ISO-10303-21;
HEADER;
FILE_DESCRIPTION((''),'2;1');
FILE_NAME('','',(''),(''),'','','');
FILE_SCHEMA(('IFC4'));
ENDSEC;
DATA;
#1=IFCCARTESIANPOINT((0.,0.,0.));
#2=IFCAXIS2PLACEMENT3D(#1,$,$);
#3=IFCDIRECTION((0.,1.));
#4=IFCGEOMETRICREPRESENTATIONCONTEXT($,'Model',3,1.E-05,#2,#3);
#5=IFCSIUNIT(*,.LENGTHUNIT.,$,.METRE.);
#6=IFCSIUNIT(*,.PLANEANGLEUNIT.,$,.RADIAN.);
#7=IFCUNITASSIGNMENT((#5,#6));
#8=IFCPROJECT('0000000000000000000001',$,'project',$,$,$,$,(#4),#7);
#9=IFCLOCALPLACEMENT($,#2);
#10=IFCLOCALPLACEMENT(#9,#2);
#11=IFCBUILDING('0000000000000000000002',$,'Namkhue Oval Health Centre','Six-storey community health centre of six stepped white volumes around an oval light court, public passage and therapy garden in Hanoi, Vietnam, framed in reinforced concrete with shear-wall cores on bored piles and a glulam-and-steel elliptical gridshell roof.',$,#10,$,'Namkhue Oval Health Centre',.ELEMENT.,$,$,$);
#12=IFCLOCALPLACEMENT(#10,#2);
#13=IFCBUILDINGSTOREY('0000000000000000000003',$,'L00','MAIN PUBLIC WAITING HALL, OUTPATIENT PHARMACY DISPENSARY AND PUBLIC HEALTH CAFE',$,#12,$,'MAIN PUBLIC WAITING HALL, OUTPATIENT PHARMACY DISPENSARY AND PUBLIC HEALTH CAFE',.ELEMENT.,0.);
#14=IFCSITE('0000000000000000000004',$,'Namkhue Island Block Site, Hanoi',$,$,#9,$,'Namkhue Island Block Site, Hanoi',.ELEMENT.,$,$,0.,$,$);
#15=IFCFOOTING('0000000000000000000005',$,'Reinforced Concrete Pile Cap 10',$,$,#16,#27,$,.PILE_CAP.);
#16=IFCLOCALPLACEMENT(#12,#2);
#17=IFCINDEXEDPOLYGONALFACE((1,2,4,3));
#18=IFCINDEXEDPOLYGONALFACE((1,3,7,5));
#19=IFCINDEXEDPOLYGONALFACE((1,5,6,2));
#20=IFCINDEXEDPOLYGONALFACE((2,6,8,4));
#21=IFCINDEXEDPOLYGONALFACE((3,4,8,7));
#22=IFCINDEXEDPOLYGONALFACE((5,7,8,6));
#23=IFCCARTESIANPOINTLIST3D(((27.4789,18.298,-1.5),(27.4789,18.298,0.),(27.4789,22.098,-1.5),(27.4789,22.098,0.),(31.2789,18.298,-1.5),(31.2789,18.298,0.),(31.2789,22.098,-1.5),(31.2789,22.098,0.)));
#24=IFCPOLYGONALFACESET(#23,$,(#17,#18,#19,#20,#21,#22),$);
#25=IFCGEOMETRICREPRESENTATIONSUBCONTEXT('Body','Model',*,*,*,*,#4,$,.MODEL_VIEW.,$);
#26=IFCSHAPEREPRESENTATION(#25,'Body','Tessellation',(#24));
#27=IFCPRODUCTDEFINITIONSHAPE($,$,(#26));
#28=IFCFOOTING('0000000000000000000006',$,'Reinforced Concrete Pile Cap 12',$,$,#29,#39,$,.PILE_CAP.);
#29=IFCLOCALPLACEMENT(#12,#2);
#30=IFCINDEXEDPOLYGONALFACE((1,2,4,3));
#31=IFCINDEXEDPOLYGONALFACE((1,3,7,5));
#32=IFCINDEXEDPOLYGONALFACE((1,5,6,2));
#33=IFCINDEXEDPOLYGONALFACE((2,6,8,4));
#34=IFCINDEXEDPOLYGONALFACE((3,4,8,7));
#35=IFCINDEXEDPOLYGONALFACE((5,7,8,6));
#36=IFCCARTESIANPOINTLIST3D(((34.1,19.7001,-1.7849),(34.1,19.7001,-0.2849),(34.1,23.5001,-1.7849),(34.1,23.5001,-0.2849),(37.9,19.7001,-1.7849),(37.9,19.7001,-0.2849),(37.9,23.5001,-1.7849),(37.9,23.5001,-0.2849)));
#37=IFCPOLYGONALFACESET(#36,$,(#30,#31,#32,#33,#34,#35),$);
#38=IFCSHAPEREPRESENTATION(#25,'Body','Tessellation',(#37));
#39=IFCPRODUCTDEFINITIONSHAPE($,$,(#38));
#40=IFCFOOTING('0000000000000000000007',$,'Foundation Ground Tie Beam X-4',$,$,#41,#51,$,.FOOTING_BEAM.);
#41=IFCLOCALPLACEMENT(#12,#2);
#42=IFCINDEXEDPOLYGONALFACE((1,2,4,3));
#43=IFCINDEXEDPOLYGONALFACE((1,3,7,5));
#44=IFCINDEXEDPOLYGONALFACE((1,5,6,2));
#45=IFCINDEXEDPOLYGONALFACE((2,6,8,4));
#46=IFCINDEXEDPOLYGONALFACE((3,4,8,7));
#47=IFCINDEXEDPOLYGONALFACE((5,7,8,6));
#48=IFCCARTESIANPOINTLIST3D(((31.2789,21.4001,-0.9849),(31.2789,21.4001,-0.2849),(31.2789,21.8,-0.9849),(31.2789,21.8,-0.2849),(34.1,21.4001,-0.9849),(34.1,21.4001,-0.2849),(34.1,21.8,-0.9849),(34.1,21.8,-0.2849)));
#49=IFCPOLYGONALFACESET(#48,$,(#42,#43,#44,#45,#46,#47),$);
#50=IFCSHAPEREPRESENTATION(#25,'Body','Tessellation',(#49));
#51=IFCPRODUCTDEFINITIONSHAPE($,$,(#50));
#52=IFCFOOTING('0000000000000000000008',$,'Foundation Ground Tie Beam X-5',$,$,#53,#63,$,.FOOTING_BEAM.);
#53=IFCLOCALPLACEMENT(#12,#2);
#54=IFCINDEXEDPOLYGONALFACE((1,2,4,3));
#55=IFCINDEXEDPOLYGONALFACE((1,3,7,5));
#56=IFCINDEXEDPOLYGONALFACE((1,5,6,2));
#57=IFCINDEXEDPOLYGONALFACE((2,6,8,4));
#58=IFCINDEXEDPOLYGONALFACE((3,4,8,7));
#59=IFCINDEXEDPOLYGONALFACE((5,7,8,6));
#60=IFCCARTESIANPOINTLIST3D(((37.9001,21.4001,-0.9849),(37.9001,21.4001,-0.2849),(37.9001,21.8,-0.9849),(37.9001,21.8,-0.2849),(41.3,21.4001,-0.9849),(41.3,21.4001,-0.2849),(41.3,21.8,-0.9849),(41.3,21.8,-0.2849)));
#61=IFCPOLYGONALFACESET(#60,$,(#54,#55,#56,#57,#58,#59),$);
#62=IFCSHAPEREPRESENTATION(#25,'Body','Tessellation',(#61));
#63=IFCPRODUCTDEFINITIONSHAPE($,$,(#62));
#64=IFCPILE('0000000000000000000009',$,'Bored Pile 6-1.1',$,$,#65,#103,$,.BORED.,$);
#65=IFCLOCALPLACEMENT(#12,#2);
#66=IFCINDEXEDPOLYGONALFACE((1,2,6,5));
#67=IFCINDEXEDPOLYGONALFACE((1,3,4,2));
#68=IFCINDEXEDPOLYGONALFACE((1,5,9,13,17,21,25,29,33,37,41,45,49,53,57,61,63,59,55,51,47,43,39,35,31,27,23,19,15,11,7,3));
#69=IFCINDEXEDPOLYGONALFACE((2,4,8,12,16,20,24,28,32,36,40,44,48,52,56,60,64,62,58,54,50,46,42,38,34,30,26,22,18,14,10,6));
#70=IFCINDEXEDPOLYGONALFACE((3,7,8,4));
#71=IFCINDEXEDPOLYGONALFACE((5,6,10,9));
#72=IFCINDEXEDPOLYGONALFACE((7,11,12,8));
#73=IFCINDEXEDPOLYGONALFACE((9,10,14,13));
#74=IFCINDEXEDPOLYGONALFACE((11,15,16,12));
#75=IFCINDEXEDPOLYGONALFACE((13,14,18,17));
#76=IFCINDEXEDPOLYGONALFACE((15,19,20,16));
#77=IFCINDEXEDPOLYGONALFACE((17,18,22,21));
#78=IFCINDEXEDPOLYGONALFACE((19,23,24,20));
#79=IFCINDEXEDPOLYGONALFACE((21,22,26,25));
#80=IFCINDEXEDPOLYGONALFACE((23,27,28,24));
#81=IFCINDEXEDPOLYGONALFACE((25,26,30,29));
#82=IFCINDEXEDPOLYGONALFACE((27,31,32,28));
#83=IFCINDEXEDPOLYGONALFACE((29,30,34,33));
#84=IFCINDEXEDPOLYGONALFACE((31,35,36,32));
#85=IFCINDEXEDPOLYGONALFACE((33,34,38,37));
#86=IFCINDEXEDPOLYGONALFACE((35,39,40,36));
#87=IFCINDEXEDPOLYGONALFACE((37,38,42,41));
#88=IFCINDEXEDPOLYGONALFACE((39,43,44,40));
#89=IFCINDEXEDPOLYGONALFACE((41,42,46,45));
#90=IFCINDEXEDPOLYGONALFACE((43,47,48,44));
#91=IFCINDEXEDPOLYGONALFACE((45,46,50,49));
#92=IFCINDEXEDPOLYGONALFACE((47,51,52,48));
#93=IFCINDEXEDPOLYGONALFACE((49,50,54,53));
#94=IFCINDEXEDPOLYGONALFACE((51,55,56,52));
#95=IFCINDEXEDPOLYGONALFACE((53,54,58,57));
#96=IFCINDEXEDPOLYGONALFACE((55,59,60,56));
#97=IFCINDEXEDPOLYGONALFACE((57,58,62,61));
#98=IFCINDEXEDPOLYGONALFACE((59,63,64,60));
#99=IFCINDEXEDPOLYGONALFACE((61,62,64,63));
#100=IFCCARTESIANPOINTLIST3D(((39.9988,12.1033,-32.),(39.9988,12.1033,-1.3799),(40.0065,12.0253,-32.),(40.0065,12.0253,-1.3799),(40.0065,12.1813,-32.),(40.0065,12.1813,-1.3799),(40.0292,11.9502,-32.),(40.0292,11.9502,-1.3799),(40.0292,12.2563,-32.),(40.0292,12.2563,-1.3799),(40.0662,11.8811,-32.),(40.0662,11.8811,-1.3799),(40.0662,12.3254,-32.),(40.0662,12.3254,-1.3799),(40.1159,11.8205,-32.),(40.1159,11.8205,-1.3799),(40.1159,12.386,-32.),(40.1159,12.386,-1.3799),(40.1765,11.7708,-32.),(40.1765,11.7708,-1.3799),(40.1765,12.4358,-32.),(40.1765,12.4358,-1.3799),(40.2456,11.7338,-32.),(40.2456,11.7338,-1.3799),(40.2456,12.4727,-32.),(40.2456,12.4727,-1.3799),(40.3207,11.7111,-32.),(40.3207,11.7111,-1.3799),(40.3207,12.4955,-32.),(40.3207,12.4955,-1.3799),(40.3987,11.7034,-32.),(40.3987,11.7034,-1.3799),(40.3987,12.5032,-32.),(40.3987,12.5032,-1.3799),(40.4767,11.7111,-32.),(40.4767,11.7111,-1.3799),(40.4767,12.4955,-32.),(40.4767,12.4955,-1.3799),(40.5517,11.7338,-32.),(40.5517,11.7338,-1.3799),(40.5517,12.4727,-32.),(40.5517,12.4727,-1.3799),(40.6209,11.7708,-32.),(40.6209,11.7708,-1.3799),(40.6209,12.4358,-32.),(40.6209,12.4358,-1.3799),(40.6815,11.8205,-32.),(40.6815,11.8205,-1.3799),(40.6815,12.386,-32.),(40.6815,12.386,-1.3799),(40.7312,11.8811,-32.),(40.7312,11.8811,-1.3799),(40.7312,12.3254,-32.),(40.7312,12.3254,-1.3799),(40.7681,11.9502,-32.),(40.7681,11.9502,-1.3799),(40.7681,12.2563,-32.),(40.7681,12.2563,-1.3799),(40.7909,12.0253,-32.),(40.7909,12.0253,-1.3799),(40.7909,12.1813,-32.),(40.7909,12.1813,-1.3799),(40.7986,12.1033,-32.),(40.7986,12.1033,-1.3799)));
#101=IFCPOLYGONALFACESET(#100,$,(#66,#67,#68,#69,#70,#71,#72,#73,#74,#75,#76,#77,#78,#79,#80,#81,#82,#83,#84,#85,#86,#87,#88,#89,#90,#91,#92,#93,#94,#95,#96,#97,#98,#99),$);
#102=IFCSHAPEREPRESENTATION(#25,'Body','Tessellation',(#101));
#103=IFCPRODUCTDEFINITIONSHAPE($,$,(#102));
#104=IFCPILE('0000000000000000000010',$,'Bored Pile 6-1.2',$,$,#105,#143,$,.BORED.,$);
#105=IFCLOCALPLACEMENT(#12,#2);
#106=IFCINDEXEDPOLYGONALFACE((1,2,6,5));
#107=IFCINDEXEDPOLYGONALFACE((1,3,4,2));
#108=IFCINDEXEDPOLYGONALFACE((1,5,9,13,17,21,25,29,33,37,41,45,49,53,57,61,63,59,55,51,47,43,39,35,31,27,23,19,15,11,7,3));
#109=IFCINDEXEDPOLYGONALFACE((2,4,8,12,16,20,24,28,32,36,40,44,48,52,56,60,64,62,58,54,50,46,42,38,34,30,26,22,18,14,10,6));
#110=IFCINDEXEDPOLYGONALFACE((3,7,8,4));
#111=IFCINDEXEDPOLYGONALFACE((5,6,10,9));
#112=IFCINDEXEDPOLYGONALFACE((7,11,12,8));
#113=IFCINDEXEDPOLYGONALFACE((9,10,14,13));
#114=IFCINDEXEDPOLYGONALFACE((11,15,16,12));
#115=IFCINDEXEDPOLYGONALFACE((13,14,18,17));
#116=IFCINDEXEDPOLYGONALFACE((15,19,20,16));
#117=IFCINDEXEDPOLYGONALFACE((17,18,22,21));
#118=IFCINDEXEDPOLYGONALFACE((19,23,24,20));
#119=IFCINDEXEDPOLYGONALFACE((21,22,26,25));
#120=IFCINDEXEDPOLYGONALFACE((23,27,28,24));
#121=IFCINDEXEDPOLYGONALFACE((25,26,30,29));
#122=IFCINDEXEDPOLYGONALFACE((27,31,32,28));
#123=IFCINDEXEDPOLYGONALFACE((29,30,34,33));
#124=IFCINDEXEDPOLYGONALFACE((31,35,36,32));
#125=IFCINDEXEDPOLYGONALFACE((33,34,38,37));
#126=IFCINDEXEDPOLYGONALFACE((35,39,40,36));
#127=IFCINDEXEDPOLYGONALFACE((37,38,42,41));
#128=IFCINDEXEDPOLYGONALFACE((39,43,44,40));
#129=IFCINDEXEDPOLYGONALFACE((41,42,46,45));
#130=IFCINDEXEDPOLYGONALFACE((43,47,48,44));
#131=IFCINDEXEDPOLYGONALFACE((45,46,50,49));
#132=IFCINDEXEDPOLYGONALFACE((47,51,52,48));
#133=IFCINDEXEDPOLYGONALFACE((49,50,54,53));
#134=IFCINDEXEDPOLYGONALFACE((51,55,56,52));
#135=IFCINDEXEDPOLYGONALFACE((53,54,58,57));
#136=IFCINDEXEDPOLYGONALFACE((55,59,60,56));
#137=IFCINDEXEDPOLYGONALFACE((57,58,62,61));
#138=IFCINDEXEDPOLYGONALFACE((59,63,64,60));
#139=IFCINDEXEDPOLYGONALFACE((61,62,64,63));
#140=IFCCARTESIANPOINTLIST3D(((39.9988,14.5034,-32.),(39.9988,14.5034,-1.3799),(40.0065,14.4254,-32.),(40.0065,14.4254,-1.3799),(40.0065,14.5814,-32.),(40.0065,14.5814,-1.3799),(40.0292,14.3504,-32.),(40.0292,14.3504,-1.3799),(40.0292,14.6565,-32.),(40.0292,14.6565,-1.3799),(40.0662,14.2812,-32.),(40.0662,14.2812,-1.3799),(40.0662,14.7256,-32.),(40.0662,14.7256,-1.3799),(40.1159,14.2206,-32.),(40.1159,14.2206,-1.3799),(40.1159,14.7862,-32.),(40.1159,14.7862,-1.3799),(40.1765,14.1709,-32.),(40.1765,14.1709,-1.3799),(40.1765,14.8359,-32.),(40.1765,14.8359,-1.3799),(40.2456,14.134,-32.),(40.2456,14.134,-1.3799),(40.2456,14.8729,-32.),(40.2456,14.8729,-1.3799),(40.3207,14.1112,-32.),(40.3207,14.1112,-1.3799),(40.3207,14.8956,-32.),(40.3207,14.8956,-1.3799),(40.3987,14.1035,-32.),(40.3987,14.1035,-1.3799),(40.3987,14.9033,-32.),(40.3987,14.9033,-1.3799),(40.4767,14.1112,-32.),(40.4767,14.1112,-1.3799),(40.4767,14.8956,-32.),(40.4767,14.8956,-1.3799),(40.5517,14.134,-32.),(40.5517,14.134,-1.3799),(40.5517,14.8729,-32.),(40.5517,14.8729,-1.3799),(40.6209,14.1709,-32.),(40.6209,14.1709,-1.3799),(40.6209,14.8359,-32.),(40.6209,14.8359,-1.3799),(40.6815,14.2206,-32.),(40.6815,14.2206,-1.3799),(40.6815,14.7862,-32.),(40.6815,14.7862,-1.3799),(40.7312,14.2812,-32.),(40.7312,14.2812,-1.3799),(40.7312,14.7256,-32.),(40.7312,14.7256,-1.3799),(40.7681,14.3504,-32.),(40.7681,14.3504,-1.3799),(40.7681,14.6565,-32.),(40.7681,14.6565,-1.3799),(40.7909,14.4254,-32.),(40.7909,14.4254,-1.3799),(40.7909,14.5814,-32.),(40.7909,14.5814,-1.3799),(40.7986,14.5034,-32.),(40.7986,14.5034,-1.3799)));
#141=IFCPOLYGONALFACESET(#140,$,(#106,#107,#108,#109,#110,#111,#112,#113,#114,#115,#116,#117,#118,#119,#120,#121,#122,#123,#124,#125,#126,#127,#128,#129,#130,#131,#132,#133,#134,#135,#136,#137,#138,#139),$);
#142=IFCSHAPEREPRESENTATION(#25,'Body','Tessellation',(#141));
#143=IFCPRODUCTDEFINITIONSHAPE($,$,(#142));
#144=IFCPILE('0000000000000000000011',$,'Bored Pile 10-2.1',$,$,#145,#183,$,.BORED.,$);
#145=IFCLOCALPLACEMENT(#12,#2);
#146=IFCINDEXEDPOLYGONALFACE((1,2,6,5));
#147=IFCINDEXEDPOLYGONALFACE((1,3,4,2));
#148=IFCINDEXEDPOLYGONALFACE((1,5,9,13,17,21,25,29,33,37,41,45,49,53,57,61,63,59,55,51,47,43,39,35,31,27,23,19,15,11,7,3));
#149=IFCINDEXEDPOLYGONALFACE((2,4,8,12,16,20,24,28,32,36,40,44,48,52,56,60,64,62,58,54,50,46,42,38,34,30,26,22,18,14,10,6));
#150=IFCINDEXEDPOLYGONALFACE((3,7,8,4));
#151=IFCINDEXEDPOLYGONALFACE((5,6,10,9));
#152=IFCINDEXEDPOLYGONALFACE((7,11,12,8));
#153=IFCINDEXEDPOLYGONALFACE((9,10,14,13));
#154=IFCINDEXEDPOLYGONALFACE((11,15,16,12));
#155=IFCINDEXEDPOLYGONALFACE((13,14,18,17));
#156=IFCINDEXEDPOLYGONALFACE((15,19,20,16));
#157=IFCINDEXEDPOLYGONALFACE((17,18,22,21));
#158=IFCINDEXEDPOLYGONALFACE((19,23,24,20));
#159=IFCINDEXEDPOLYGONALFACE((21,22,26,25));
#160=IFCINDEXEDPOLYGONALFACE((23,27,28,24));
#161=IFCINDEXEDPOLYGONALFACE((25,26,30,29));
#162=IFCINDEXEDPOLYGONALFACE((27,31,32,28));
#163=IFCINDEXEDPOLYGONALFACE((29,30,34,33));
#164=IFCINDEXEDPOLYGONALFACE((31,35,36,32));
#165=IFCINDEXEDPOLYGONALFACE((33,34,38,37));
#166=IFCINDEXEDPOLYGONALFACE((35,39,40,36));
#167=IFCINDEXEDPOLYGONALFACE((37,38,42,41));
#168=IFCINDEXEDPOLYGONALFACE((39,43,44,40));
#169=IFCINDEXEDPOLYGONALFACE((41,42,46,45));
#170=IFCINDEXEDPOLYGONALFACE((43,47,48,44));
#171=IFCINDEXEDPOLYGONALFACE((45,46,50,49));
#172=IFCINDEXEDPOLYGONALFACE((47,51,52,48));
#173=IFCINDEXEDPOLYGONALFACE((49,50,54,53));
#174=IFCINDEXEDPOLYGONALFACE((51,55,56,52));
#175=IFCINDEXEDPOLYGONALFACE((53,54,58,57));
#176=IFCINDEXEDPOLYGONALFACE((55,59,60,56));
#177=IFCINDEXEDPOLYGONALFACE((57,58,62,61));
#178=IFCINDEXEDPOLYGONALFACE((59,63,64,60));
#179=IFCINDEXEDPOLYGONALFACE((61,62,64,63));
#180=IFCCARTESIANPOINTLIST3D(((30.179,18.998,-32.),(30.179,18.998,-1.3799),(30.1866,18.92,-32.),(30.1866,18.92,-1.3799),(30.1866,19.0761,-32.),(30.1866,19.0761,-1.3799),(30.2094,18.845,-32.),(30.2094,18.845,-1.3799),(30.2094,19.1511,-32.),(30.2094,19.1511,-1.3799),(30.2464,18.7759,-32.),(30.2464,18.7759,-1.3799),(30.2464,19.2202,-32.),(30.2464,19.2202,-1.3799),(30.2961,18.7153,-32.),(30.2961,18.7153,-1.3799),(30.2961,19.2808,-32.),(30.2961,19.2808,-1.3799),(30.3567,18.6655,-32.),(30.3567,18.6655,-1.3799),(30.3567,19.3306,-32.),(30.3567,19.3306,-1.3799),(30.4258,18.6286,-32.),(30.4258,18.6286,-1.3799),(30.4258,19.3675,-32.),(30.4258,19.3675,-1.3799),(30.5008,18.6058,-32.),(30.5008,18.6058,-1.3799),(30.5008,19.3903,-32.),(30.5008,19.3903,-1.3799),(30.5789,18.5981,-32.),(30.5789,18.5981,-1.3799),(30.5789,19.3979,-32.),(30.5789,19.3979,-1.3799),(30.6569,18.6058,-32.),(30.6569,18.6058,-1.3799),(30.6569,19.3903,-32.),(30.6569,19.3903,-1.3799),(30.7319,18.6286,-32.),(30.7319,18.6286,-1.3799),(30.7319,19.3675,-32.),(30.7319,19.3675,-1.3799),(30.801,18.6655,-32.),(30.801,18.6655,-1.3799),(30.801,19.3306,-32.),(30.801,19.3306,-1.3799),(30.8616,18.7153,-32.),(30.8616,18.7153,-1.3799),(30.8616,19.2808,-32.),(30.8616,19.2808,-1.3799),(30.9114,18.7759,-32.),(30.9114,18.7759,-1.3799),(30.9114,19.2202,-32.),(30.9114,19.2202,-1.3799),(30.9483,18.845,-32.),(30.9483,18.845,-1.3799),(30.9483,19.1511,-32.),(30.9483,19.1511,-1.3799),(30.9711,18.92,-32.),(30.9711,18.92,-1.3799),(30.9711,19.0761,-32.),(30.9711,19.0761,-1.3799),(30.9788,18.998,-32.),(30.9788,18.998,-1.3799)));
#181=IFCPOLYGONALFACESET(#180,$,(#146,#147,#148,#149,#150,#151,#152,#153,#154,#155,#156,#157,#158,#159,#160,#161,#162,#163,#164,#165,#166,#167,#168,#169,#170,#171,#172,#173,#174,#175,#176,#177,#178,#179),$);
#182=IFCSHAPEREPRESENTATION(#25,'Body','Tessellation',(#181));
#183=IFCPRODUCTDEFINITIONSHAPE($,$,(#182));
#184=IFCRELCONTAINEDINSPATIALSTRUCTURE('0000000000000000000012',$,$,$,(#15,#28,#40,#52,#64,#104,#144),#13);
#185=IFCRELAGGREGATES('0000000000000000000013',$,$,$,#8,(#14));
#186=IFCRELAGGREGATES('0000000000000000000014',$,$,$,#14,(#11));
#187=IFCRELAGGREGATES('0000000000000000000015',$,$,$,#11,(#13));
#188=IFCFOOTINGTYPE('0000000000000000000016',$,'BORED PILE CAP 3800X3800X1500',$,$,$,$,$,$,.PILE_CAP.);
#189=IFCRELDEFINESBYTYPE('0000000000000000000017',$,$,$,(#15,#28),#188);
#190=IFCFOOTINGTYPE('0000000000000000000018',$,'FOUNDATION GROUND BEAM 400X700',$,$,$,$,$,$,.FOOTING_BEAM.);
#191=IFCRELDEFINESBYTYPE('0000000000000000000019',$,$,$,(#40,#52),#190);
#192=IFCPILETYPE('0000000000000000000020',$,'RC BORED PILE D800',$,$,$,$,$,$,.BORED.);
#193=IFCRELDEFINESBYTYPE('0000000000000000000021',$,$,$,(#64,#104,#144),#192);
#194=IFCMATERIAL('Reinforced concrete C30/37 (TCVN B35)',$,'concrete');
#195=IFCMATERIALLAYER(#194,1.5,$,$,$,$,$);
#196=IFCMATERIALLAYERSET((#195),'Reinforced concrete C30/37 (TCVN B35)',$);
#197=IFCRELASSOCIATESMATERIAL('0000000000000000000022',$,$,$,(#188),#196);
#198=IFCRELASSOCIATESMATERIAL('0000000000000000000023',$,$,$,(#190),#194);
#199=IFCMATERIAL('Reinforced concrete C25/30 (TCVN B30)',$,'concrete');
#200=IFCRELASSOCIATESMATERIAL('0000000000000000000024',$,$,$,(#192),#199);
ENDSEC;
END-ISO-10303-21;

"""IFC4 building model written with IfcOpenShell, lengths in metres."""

from ifc_helpers import new_model, si_unit, direction, frame, origin, origin_2d, place, context, subcontext, project, spatial, rectangle, circle, extrude, material, layer, layer_set, material_profile, profile_set, type_object, element, save


model = new_model("IFC4")

# Units and contexts
model_context = context("Model", 3, precision=1e-05, world=origin(), true_north=direction((0.0, 1.0)))
body_context = subcontext(model_context, "Body", "Model", "MODEL_VIEW")
ifc_project = project(units=[si_unit("LENGTHUNIT", "METRE"), si_unit("PLANEANGLEUNIT", "RADIAN")], contexts=[model_context])

# Site, building, storey
site_placement = place(None, origin())
site = spatial("IfcSite", under=ifc_project, at=site_placement, Name="Namkhue Island Block Site, Hanoi", LongName="Namkhue Island Block Site, Hanoi", CompositionType="ELEMENT", RefElevation=0.0)
building_placement = place(site_placement, origin())
building = spatial("IfcBuilding", under=site, at=building_placement, Name="Namkhue Oval Health Centre", Description="Six-storey community health centre of six stepped white volumes around an oval light court, public passage and therapy garden in Hanoi, Vietnam, framed in reinforced concrete with shear-wall cores on bored piles and a glulam-and-steel elliptical gridshell roof.", LongName="Namkhue Oval Health Centre", CompositionType="ELEMENT")
storey_placement = place(building_placement, origin())
storey = spatial("IfcBuildingStorey", under=building, at=storey_placement, Name="L00", Description="MAIN PUBLIC WAITING HALL, OUTPATIENT PHARMACY DISPENSARY AND PUBLIC HEALTH CAFE", LongName="MAIN PUBLIC WAITING HALL, OUTPATIENT PHARMACY DISPENSARY AND PUBLIC HEALTH CAFE", CompositionType="ELEMENT", Elevation=0.0)

# Footings
ifc_material_1 = material(Name="Reinforced concrete C30/37 (TCVN B35)", Category="concrete")
ifc_layer_1 = layer(ifc_material_1, 1.5)
ifc_layer_set_1 = layer_set([ifc_layer_1], Name="Reinforced concrete C30/37 (TCVN B35)")
footing_type_1 = type_object("IfcFootingType", Name="BORED PILE CAP 3800X3800X1500", PredefinedType="PILE_CAP", material=ifc_layer_set_1)
for number, where, z_axis, x_axis, name in (
    (1, (29.3789, 20.198, -1.5), (0.0, 0.0, 1.0), (1.0, 0.0, 0.0), "Reinforced Concrete Pile Cap 10"),
    (2, (36.0, 21.6001, -1.7849), (0.0, 0.0, 1.0), (1.0, 0.0, 0.0), "Reinforced Concrete Pile Cap 12"),
):
    element("IfcFooting", number, at=place(storey_placement, frame(where, z_axis=z_axis, x_axis=x_axis)), inside=storey, type_object=footing_type_1, Name=name, PredefinedType="PILE_CAP", context=body_context, shape_type="SweptSolid", body=[
        extrude(rectangle(XDim=3.8, YDim=3.8, at=origin_2d()), origin(), (0.0, 0.0, 1.0), 1.5),
    ])
footing_type_2 = type_object("IfcFootingType", Name="FOUNDATION GROUND BEAM 400X700", PredefinedType="FOOTING_BEAM", material=ifc_material_1)
footing_1_placement = place(storey_placement, frame((32.6895, 21.6001, -0.9849), z_axis=(0.0, 0.0, 1.0), x_axis=(1.0, 0.0, 0.0)))
element("IfcFooting", 3, at=footing_1_placement, inside=storey, type_object=footing_type_2, Name="Foundation Ground Tie Beam X-4", PredefinedType="FOOTING_BEAM", context=body_context, shape_type="SweptSolid", body=[
    extrude(rectangle(XDim=2.821, YDim=0.3999, at=origin_2d()), origin(), (0.0, 0.0, 1.0), 0.7),
])
footing_2_placement = place(storey_placement, frame((39.6001, 21.6001, -0.9849), z_axis=(0.0, 0.0, 1.0), x_axis=(1.0, 0.0, 0.0)))
element("IfcFooting", 4, at=footing_2_placement, inside=storey, type_object=footing_type_2, Name="Foundation Ground Tie Beam X-5", PredefinedType="FOOTING_BEAM", context=body_context, shape_type="SweptSolid", body=[
    extrude(rectangle(XDim=3.3999, YDim=0.3999, at=origin_2d()), origin(), (0.0, 0.0, 1.0), 0.7),
])

# Piles
ifc_material_2 = material(Name="Reinforced concrete C25/30 (TCVN B30)", Category="concrete")
ifc_material_profile_1 = material_profile(ifc_material_2, circle(Radius=0.3999, at=origin_2d()), Name="BORED PILE D800")
ifc_profile_set_1 = profile_set([ifc_material_profile_1], Name="Reinforced concrete C25/30 (TCVN B30)")
pile_type = type_object("IfcPileType", Name="RC BORED PILE D800", PredefinedType="BORED", material=ifc_profile_set_1)
for number, where, z_axis, x_axis, name in (
    (5, (40.3987, 12.1033, -1.3799), (0.0, 0.0, -1.0), (1.0, 0.0, 0.0), "Bored Pile 6-1.1"),
    (6, (40.3987, 14.5034, -1.3799), (0.0, 0.0, -1.0), (1.0, 0.0, 0.0), "Bored Pile 6-1.2"),
    (7, (30.5789, 18.998, -1.3799), (0.0, 0.0, -1.0), (1.0, 0.0, 0.0), "Bored Pile 10-2.1"),
):
    element("IfcPile", number, at=place(storey_placement, frame(where, z_axis=z_axis, x_axis=x_axis)), inside=storey, type_object=pile_type, Name=name, PredefinedType="BORED", context=body_context, shape_type="SweptSolid", body=[
        extrude(circle(Radius=0.3999, at=origin_2d()), origin(), (0.0, 0.0, 1.0), 30.6201),
    ])

save(model, "model.ifc")
